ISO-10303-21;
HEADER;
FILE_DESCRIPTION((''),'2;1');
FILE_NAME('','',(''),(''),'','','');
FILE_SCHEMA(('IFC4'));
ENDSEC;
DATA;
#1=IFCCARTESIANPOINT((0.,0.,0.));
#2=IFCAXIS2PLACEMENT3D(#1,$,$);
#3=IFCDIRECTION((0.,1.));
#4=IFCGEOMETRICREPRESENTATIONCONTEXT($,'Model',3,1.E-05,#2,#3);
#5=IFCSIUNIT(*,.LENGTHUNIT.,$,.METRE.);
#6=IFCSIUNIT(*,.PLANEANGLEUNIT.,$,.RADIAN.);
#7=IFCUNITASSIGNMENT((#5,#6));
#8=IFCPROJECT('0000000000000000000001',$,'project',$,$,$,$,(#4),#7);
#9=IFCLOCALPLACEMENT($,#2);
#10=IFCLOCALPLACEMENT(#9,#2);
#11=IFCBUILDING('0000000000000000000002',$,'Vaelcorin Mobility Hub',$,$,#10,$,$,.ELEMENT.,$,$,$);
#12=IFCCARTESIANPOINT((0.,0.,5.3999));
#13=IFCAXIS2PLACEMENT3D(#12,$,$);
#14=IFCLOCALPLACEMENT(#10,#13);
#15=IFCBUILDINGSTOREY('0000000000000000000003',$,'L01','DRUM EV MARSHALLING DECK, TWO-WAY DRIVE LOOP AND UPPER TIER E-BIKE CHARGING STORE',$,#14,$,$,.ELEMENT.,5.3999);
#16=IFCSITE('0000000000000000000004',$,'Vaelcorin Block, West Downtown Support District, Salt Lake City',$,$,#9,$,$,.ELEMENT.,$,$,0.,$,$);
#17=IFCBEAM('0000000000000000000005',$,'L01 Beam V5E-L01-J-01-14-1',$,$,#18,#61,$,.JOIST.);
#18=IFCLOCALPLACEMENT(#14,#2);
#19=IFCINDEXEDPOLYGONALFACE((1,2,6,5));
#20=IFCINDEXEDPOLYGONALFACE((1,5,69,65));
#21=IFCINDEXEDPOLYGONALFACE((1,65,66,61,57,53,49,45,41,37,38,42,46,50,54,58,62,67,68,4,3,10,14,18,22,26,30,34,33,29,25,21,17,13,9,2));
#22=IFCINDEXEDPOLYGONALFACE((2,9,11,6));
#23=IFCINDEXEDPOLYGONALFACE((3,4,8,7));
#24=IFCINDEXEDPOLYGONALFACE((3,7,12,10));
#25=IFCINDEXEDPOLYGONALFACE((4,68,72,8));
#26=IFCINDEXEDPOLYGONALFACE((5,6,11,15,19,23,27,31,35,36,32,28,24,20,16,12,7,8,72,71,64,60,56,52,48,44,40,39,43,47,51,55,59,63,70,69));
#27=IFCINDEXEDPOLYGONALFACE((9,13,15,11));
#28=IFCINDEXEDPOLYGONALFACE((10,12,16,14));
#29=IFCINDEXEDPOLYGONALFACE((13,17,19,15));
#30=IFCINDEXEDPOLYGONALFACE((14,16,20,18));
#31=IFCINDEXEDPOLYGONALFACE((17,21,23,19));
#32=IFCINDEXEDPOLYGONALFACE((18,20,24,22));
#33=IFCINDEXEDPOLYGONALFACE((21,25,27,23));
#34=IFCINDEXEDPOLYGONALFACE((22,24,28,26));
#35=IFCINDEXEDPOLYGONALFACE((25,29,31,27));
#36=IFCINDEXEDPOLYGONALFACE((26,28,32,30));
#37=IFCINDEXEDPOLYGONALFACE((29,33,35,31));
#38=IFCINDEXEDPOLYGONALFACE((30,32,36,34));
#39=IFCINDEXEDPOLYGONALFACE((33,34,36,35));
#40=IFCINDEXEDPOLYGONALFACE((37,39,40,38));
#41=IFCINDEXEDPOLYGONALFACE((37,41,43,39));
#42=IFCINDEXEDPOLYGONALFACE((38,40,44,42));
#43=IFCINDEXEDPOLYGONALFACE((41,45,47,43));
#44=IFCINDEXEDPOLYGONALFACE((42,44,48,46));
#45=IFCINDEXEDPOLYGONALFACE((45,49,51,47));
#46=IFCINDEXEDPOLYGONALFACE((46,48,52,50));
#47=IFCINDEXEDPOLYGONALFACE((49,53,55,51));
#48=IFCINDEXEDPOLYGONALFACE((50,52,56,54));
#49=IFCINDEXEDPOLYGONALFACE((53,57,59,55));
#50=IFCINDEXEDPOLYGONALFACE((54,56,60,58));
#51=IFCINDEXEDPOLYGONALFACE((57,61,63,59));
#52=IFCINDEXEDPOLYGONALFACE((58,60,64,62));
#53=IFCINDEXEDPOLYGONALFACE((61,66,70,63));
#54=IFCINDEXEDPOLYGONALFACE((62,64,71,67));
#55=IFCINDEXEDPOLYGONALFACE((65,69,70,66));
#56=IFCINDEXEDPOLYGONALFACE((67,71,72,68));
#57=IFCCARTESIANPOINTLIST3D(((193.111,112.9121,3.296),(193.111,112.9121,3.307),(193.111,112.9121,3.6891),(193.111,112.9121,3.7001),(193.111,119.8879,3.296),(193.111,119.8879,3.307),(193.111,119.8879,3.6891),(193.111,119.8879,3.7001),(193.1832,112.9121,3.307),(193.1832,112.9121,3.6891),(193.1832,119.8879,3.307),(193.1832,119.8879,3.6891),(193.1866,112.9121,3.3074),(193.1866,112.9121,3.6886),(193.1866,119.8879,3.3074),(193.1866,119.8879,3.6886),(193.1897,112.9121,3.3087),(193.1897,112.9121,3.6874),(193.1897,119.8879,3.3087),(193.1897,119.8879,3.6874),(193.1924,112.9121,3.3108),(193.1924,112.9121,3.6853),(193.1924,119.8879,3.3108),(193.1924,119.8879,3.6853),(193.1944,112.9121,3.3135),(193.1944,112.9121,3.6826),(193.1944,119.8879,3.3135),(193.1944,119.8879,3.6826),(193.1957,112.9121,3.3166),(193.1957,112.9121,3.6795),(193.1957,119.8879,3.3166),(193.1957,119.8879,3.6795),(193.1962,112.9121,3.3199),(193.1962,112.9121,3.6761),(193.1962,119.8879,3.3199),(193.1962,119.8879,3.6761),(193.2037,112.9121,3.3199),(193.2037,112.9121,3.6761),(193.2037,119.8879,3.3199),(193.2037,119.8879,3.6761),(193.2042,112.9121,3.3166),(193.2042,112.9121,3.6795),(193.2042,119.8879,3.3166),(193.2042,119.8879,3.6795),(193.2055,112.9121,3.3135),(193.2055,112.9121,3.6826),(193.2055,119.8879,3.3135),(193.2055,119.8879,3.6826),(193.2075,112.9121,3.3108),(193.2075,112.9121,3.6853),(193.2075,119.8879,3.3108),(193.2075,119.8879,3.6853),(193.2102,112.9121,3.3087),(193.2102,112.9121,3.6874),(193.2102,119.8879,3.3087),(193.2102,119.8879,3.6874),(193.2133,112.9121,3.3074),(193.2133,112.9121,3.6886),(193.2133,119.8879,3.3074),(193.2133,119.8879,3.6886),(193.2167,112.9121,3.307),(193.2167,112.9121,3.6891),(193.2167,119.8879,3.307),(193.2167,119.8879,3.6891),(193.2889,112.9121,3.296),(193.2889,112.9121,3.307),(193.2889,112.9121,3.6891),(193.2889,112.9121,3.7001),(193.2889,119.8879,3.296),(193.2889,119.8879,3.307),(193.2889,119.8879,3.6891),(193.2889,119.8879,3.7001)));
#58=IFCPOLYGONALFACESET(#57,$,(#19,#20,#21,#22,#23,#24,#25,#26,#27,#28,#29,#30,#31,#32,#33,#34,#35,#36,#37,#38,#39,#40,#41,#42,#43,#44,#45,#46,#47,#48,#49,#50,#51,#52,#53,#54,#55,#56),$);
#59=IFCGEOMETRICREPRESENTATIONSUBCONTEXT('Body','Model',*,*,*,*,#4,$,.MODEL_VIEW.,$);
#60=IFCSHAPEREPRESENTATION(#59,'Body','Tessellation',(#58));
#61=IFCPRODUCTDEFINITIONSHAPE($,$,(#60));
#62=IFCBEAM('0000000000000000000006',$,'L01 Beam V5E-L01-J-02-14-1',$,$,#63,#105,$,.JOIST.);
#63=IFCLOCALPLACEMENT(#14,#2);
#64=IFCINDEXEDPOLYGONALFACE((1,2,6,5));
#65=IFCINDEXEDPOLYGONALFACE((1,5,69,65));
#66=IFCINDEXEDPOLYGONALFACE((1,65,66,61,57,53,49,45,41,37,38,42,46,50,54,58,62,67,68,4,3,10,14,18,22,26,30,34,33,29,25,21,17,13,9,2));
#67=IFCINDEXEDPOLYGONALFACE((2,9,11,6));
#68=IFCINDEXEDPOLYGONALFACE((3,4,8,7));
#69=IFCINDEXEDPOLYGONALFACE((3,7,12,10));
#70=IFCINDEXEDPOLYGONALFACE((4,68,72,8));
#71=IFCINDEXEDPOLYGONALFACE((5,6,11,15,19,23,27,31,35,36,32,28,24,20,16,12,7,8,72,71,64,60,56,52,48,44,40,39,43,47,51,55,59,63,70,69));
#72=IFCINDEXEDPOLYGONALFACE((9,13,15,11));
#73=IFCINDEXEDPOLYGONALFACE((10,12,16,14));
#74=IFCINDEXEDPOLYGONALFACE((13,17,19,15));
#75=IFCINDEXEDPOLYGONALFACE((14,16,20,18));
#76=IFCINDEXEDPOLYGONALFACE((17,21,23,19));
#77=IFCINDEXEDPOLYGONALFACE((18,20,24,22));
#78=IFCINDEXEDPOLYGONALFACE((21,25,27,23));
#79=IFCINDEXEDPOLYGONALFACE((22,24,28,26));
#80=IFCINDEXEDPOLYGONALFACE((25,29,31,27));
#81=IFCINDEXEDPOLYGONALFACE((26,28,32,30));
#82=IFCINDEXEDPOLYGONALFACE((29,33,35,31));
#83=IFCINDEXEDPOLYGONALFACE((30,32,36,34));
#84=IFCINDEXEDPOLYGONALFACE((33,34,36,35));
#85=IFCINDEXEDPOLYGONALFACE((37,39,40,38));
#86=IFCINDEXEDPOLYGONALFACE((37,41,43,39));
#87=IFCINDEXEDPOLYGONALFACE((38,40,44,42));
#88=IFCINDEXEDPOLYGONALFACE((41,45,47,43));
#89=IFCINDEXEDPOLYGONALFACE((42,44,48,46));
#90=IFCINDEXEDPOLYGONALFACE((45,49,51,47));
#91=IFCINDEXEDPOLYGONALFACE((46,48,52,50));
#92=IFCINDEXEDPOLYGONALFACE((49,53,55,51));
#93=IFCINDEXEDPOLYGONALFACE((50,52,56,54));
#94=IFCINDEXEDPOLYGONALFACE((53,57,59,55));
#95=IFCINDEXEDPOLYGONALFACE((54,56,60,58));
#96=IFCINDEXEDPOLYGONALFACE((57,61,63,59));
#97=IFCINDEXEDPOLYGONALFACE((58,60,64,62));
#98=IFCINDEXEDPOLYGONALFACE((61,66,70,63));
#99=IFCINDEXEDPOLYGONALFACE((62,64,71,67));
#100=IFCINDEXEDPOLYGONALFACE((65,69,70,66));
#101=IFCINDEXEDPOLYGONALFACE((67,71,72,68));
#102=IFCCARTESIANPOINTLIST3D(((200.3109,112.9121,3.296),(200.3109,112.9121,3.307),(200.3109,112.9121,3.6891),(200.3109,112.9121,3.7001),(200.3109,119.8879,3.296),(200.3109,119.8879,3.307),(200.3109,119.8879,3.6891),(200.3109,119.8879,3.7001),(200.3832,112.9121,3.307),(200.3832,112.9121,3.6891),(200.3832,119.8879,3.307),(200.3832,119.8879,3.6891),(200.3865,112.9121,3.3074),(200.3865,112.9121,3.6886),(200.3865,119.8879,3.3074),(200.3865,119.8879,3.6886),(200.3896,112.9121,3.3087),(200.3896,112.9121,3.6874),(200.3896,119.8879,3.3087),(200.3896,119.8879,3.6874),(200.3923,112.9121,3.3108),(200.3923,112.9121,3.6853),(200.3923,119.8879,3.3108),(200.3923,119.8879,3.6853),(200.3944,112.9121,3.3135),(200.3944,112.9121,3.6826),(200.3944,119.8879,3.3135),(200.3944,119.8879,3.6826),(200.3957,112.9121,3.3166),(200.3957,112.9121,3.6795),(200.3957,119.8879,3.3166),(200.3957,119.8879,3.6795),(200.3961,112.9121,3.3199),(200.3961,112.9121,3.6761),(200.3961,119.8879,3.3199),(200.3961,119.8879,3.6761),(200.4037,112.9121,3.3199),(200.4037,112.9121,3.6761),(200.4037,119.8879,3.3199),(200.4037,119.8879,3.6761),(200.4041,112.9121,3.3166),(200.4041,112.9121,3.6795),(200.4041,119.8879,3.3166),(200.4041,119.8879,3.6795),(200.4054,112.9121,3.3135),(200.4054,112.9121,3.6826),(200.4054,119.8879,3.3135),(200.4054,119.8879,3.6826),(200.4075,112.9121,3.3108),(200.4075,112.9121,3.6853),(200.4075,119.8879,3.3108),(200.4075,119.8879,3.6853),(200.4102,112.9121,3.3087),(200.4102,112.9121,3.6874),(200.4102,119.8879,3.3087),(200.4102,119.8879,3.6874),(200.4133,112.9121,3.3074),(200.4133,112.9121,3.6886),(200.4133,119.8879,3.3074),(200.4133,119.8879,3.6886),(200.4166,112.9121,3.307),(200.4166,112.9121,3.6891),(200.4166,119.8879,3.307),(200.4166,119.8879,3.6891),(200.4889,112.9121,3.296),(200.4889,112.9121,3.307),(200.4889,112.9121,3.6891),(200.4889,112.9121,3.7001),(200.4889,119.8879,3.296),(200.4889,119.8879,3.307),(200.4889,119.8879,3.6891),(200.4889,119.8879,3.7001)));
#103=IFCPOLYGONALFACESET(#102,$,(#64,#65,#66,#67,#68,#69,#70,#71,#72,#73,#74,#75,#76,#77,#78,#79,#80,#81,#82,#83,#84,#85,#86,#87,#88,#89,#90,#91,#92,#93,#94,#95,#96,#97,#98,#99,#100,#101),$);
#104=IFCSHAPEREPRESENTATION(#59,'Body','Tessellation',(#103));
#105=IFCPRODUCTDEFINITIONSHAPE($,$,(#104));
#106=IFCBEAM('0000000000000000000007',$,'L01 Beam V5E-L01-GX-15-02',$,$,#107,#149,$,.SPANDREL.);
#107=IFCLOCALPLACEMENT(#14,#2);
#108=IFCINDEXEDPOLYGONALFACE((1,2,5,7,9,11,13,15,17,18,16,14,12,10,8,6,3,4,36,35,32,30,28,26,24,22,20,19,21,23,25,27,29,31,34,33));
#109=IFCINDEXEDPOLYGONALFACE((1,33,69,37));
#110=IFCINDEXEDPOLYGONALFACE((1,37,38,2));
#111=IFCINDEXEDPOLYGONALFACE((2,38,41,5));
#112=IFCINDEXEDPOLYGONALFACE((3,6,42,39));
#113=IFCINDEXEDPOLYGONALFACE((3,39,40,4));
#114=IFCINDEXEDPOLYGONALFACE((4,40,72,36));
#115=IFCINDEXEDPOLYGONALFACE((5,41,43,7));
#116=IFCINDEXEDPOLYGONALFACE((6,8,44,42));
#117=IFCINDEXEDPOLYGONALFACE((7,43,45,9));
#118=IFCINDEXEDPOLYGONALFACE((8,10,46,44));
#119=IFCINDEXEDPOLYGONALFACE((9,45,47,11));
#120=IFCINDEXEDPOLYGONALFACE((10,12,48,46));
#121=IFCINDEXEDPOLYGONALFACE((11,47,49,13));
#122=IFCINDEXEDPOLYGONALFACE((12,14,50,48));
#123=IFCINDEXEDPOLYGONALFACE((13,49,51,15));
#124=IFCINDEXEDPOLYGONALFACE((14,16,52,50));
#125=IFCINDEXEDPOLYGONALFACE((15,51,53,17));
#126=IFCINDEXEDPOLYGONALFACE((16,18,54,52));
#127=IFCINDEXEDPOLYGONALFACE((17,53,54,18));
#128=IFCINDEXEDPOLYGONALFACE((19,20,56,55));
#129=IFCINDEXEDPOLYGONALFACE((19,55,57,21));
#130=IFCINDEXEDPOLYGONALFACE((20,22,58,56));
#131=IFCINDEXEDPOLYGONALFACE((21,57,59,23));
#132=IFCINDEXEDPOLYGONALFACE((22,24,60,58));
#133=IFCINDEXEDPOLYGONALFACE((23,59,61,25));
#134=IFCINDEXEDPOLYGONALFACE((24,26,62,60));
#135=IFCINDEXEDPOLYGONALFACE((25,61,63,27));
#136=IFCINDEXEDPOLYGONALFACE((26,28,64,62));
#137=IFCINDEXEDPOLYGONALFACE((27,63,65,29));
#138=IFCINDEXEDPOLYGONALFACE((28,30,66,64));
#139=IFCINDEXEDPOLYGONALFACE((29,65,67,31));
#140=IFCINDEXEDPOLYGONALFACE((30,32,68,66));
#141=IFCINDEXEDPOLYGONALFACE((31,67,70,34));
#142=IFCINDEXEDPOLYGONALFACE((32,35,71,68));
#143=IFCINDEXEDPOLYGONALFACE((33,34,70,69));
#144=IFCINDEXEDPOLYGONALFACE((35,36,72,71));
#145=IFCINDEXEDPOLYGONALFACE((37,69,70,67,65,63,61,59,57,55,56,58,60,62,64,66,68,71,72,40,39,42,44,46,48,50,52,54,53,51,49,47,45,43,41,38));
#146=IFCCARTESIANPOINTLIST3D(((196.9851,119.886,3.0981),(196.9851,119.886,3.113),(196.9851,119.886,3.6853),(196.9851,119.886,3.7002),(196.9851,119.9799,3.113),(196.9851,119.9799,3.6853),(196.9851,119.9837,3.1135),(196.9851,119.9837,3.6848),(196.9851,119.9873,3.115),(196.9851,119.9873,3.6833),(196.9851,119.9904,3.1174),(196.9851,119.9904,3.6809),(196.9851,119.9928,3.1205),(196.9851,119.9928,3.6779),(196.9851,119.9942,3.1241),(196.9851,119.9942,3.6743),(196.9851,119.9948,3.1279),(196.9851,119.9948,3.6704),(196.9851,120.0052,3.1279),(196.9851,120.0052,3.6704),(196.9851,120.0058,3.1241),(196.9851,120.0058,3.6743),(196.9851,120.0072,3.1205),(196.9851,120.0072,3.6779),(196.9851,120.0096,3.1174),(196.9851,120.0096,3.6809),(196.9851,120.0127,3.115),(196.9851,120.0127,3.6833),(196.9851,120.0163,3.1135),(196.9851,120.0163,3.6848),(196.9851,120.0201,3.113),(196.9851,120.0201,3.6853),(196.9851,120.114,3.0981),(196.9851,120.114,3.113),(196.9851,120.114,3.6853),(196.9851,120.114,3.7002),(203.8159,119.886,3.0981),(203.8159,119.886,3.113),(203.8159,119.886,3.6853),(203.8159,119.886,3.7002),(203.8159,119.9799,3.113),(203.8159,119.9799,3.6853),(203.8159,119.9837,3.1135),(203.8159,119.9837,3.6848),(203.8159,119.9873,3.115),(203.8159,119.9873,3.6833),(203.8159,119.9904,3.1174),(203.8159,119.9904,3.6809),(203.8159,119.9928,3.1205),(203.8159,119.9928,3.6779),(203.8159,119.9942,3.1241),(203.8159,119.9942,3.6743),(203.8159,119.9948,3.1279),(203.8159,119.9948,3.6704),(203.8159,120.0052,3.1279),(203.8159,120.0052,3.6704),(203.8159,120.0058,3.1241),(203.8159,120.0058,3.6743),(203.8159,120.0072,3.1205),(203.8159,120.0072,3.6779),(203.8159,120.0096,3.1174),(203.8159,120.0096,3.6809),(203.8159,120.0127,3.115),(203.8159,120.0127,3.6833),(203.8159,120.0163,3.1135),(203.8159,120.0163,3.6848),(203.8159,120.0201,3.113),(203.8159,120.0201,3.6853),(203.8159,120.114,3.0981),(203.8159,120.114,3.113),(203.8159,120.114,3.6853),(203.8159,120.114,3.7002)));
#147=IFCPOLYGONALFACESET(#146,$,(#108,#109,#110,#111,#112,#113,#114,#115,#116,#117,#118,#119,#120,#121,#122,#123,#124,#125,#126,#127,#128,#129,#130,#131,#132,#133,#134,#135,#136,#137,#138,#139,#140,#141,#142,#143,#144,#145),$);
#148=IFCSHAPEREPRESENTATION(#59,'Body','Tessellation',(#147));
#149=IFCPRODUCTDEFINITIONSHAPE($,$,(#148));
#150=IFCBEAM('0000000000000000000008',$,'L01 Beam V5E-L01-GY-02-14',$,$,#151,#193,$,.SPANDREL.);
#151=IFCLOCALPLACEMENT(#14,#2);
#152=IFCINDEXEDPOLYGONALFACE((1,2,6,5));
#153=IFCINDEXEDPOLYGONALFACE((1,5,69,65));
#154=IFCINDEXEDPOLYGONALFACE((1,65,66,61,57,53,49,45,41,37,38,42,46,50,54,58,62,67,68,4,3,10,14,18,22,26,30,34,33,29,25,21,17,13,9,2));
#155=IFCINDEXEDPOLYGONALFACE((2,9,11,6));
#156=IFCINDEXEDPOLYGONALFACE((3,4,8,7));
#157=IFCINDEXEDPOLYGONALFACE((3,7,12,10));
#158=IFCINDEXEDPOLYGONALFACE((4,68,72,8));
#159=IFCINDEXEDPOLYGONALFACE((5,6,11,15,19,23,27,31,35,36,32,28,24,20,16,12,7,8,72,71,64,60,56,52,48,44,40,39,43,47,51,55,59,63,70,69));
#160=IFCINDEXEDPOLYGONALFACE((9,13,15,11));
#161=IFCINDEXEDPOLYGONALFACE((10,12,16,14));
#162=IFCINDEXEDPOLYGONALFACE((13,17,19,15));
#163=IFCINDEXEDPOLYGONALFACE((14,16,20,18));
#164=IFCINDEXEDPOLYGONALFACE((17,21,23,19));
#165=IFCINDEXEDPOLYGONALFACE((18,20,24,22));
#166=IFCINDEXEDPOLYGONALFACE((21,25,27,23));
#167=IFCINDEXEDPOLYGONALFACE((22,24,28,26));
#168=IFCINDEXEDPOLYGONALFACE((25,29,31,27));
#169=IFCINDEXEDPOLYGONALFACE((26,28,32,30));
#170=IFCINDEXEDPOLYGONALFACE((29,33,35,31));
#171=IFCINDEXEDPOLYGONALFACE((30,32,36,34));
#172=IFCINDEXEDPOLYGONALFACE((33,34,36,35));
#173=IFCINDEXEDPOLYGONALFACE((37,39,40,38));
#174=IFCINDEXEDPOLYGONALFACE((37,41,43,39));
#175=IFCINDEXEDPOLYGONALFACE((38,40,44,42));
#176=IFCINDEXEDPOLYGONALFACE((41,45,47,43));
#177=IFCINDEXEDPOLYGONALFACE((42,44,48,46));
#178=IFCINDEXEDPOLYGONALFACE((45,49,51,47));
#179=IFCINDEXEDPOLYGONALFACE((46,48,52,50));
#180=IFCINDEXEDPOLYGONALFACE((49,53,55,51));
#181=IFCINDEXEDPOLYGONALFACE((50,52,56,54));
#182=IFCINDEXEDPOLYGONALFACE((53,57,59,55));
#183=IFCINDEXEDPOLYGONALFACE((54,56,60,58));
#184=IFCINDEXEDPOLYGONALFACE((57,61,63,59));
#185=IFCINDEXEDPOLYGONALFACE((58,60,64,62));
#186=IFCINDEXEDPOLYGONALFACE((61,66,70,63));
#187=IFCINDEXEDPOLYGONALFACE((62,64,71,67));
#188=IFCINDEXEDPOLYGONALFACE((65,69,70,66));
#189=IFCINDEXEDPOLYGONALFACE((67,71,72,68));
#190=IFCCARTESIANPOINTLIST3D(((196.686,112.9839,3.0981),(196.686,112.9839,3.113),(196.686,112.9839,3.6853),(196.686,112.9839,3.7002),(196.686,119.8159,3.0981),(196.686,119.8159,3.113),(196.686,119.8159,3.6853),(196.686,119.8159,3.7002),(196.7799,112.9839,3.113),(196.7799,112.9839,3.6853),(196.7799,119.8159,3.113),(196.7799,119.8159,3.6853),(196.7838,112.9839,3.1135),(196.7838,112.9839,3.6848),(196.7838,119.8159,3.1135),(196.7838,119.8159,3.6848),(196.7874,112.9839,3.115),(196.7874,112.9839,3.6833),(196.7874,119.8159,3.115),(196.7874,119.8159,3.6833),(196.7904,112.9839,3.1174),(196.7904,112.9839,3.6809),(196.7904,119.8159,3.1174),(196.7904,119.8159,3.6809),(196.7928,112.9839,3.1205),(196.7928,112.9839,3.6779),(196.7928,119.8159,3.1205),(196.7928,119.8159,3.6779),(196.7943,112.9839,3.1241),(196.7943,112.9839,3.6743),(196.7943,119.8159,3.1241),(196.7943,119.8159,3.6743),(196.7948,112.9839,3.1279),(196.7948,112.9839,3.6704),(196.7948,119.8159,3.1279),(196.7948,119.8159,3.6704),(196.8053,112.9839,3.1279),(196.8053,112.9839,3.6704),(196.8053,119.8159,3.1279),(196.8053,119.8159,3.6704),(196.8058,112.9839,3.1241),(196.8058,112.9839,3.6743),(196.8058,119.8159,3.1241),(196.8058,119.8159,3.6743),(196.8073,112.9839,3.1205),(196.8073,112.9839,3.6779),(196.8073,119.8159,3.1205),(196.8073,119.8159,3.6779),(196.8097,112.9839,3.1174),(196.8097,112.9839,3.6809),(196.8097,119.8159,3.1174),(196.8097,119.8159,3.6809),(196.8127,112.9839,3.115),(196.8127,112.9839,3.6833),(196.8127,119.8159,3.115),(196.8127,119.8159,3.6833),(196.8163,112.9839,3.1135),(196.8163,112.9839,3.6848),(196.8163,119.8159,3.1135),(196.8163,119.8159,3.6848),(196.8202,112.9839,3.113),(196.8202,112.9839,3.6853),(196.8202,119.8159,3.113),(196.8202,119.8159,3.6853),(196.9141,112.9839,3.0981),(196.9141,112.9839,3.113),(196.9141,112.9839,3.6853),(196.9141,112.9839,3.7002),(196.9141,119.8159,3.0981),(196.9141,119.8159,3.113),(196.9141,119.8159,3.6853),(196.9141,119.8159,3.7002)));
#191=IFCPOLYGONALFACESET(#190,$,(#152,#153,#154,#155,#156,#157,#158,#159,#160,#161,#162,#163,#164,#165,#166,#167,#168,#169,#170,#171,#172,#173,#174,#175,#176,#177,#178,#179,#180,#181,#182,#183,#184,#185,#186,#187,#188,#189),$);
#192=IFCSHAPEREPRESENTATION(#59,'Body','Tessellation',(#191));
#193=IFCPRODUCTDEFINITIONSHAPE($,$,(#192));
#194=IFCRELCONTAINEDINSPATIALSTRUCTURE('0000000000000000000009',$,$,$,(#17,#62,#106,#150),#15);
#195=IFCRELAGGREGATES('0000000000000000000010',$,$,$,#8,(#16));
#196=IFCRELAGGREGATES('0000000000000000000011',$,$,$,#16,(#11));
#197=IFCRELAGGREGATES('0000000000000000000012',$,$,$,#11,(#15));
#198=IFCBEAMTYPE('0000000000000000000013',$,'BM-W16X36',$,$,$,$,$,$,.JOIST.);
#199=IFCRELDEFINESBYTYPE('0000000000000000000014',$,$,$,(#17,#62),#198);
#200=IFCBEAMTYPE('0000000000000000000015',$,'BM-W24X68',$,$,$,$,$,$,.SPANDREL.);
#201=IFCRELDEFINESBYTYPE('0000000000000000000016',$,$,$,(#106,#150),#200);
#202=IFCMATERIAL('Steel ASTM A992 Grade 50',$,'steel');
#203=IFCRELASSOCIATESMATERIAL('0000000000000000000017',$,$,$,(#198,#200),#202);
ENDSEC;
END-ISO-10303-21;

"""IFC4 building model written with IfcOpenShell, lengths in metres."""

from ifc_helpers import new_model, si_unit, direction, frame, origin, origin_2d, place, context, subcontext, project, spatial, i_section, extrude, material, material_profile, profile_set, type_object, element, save


model = new_model("IFC4")

# Units and contexts
model_context = context("Model", 3, precision=1e-05, world=origin(), true_north=direction((0.0, 1.0)))
body_context = subcontext(model_context, "Body", "Model", "MODEL_VIEW")
ifc_project = project(units=[si_unit("LENGTHUNIT", "METRE"), si_unit("PLANEANGLEUNIT", "RADIAN")], contexts=[model_context])

# Site, building, storey
site_placement = place(None, origin())
site = spatial("IfcSite", under=ifc_project, at=site_placement, Name="Vaelcorin Block, West Downtown Support District, Salt Lake City", CompositionType="ELEMENT", RefElevation=0.0)
building_placement = place(site_placement, origin())
building = spatial("IfcBuilding", under=site, at=building_placement, Name="Vaelcorin Mobility Hub", CompositionType="ELEMENT")
storey_placement = place(building_placement, frame((0.0, 0.0, 5.3999)))
storey = spatial("IfcBuildingStorey", under=building, at=storey_placement, Name="L01", Description="DRUM EV MARSHALLING DECK, TWO-WAY DRIVE LOOP AND UPPER TIER E-BIKE CHARGING STORE", CompositionType="ELEMENT", Elevation=5.3999)

# Shared definitions
ifc_material_1 = material(Name="Steel ASTM A992 Grade 50", Category="steel")

# Beams
ifc_material_profile_1 = material_profile(ifc_material_1, i_section(OverallWidth=0.178, OverallDepth=0.4041, WebThickness=0.0076, FlangeThickness=0.011, FilletRadius=0.0129, at=origin_2d()), Name="W16X36")
ifc_profile_set_1 = profile_set([ifc_material_profile_1], Name="Steel ASTM A992 Grade 50")
beam_type_1 = type_object("IfcBeamType", Name="BM-W16X36", PredefinedType="JOIST", material=ifc_profile_set_1)
for number, where, z_axis, x_axis, name in (
    (1, (193.2, 112.9121, 3.498), (0.0, 1.0, 0.0), (-1.0, 0.0, 0.0), "L01 Beam V5E-L01-J-01-14-1"),
    (2, (200.3999, 112.9121, 3.498), (0.0, 1.0, 0.0), (-1.0, 0.0, 0.0), "L01 Beam V5E-L01-J-02-14-1"),
):
    element("IfcBeam", number, at=place(storey_placement, frame(where, z_axis=z_axis, x_axis=x_axis)), inside=storey, type_object=beam_type_1, Name=name, PredefinedType="JOIST", context=body_context, shape_type="SweptSolid", body=[
        extrude(i_section(OverallWidth=0.178, OverallDepth=0.4041, WebThickness=0.0076, FlangeThickness=0.011, FilletRadius=0.0129, at=origin_2d()), origin(), (0.0, 0.0, 1.0), 6.9758),
    ])
ifc_material_profile_2 = material_profile(ifc_material_1, i_section(OverallWidth=0.228, OverallDepth=0.6021, WebThickness=0.0105, FlangeThickness=0.0149, FilletRadius=0.0149, at=origin_2d()), Name="W24X68")
ifc_profile_set_2 = profile_set([ifc_material_profile_2], Name="Steel ASTM A992 Grade 50")
beam_type_2 = type_object("IfcBeamType", Name="BM-W24X68", PredefinedType="SPANDREL", material=ifc_profile_set_2)
beam_1_placement = place(storey_placement, frame((196.9851, 120.0, 3.3992), z_axis=(1.0, 0.0, 0.0), x_axis=(0.0, 1.0, 0.0)))
element("IfcBeam", 3, at=beam_1_placement, inside=storey, type_object=beam_type_2, Name="L01 Beam V5E-L01-GX-15-02", PredefinedType="SPANDREL", context=body_context, shape_type="SweptSolid", body=[
    extrude(i_section(OverallWidth=0.228, OverallDepth=0.6021, WebThickness=0.0105, FlangeThickness=0.0149, FilletRadius=0.0149, at=origin_2d()), origin(), (0.0, 0.0, 1.0), 6.8308),
])
for number, where, z_axis, x_axis, name in (
    (4, (196.8, 112.9839, 3.3992), (0.0, 1.0, 0.0), (-1.0, 0.0, 0.0), "L01 Beam V5E-L01-GY-02-14"),
):
    element("IfcBeam", number, at=place(storey_placement, frame(where, z_axis=z_axis, x_axis=x_axis)), inside=storey, type_object=beam_type_2, Name=name, PredefinedType="SPANDREL", context=body_context, shape_type="SweptSolid", body=[
        extrude(i_section(OverallWidth=0.228, OverallDepth=0.6021, WebThickness=0.0105, FlangeThickness=0.0149, FilletRadius=0.0149, at=origin_2d()), origin(), (0.0, 0.0, 1.0), 6.832),
    ])

save(model, "model.ifc")
